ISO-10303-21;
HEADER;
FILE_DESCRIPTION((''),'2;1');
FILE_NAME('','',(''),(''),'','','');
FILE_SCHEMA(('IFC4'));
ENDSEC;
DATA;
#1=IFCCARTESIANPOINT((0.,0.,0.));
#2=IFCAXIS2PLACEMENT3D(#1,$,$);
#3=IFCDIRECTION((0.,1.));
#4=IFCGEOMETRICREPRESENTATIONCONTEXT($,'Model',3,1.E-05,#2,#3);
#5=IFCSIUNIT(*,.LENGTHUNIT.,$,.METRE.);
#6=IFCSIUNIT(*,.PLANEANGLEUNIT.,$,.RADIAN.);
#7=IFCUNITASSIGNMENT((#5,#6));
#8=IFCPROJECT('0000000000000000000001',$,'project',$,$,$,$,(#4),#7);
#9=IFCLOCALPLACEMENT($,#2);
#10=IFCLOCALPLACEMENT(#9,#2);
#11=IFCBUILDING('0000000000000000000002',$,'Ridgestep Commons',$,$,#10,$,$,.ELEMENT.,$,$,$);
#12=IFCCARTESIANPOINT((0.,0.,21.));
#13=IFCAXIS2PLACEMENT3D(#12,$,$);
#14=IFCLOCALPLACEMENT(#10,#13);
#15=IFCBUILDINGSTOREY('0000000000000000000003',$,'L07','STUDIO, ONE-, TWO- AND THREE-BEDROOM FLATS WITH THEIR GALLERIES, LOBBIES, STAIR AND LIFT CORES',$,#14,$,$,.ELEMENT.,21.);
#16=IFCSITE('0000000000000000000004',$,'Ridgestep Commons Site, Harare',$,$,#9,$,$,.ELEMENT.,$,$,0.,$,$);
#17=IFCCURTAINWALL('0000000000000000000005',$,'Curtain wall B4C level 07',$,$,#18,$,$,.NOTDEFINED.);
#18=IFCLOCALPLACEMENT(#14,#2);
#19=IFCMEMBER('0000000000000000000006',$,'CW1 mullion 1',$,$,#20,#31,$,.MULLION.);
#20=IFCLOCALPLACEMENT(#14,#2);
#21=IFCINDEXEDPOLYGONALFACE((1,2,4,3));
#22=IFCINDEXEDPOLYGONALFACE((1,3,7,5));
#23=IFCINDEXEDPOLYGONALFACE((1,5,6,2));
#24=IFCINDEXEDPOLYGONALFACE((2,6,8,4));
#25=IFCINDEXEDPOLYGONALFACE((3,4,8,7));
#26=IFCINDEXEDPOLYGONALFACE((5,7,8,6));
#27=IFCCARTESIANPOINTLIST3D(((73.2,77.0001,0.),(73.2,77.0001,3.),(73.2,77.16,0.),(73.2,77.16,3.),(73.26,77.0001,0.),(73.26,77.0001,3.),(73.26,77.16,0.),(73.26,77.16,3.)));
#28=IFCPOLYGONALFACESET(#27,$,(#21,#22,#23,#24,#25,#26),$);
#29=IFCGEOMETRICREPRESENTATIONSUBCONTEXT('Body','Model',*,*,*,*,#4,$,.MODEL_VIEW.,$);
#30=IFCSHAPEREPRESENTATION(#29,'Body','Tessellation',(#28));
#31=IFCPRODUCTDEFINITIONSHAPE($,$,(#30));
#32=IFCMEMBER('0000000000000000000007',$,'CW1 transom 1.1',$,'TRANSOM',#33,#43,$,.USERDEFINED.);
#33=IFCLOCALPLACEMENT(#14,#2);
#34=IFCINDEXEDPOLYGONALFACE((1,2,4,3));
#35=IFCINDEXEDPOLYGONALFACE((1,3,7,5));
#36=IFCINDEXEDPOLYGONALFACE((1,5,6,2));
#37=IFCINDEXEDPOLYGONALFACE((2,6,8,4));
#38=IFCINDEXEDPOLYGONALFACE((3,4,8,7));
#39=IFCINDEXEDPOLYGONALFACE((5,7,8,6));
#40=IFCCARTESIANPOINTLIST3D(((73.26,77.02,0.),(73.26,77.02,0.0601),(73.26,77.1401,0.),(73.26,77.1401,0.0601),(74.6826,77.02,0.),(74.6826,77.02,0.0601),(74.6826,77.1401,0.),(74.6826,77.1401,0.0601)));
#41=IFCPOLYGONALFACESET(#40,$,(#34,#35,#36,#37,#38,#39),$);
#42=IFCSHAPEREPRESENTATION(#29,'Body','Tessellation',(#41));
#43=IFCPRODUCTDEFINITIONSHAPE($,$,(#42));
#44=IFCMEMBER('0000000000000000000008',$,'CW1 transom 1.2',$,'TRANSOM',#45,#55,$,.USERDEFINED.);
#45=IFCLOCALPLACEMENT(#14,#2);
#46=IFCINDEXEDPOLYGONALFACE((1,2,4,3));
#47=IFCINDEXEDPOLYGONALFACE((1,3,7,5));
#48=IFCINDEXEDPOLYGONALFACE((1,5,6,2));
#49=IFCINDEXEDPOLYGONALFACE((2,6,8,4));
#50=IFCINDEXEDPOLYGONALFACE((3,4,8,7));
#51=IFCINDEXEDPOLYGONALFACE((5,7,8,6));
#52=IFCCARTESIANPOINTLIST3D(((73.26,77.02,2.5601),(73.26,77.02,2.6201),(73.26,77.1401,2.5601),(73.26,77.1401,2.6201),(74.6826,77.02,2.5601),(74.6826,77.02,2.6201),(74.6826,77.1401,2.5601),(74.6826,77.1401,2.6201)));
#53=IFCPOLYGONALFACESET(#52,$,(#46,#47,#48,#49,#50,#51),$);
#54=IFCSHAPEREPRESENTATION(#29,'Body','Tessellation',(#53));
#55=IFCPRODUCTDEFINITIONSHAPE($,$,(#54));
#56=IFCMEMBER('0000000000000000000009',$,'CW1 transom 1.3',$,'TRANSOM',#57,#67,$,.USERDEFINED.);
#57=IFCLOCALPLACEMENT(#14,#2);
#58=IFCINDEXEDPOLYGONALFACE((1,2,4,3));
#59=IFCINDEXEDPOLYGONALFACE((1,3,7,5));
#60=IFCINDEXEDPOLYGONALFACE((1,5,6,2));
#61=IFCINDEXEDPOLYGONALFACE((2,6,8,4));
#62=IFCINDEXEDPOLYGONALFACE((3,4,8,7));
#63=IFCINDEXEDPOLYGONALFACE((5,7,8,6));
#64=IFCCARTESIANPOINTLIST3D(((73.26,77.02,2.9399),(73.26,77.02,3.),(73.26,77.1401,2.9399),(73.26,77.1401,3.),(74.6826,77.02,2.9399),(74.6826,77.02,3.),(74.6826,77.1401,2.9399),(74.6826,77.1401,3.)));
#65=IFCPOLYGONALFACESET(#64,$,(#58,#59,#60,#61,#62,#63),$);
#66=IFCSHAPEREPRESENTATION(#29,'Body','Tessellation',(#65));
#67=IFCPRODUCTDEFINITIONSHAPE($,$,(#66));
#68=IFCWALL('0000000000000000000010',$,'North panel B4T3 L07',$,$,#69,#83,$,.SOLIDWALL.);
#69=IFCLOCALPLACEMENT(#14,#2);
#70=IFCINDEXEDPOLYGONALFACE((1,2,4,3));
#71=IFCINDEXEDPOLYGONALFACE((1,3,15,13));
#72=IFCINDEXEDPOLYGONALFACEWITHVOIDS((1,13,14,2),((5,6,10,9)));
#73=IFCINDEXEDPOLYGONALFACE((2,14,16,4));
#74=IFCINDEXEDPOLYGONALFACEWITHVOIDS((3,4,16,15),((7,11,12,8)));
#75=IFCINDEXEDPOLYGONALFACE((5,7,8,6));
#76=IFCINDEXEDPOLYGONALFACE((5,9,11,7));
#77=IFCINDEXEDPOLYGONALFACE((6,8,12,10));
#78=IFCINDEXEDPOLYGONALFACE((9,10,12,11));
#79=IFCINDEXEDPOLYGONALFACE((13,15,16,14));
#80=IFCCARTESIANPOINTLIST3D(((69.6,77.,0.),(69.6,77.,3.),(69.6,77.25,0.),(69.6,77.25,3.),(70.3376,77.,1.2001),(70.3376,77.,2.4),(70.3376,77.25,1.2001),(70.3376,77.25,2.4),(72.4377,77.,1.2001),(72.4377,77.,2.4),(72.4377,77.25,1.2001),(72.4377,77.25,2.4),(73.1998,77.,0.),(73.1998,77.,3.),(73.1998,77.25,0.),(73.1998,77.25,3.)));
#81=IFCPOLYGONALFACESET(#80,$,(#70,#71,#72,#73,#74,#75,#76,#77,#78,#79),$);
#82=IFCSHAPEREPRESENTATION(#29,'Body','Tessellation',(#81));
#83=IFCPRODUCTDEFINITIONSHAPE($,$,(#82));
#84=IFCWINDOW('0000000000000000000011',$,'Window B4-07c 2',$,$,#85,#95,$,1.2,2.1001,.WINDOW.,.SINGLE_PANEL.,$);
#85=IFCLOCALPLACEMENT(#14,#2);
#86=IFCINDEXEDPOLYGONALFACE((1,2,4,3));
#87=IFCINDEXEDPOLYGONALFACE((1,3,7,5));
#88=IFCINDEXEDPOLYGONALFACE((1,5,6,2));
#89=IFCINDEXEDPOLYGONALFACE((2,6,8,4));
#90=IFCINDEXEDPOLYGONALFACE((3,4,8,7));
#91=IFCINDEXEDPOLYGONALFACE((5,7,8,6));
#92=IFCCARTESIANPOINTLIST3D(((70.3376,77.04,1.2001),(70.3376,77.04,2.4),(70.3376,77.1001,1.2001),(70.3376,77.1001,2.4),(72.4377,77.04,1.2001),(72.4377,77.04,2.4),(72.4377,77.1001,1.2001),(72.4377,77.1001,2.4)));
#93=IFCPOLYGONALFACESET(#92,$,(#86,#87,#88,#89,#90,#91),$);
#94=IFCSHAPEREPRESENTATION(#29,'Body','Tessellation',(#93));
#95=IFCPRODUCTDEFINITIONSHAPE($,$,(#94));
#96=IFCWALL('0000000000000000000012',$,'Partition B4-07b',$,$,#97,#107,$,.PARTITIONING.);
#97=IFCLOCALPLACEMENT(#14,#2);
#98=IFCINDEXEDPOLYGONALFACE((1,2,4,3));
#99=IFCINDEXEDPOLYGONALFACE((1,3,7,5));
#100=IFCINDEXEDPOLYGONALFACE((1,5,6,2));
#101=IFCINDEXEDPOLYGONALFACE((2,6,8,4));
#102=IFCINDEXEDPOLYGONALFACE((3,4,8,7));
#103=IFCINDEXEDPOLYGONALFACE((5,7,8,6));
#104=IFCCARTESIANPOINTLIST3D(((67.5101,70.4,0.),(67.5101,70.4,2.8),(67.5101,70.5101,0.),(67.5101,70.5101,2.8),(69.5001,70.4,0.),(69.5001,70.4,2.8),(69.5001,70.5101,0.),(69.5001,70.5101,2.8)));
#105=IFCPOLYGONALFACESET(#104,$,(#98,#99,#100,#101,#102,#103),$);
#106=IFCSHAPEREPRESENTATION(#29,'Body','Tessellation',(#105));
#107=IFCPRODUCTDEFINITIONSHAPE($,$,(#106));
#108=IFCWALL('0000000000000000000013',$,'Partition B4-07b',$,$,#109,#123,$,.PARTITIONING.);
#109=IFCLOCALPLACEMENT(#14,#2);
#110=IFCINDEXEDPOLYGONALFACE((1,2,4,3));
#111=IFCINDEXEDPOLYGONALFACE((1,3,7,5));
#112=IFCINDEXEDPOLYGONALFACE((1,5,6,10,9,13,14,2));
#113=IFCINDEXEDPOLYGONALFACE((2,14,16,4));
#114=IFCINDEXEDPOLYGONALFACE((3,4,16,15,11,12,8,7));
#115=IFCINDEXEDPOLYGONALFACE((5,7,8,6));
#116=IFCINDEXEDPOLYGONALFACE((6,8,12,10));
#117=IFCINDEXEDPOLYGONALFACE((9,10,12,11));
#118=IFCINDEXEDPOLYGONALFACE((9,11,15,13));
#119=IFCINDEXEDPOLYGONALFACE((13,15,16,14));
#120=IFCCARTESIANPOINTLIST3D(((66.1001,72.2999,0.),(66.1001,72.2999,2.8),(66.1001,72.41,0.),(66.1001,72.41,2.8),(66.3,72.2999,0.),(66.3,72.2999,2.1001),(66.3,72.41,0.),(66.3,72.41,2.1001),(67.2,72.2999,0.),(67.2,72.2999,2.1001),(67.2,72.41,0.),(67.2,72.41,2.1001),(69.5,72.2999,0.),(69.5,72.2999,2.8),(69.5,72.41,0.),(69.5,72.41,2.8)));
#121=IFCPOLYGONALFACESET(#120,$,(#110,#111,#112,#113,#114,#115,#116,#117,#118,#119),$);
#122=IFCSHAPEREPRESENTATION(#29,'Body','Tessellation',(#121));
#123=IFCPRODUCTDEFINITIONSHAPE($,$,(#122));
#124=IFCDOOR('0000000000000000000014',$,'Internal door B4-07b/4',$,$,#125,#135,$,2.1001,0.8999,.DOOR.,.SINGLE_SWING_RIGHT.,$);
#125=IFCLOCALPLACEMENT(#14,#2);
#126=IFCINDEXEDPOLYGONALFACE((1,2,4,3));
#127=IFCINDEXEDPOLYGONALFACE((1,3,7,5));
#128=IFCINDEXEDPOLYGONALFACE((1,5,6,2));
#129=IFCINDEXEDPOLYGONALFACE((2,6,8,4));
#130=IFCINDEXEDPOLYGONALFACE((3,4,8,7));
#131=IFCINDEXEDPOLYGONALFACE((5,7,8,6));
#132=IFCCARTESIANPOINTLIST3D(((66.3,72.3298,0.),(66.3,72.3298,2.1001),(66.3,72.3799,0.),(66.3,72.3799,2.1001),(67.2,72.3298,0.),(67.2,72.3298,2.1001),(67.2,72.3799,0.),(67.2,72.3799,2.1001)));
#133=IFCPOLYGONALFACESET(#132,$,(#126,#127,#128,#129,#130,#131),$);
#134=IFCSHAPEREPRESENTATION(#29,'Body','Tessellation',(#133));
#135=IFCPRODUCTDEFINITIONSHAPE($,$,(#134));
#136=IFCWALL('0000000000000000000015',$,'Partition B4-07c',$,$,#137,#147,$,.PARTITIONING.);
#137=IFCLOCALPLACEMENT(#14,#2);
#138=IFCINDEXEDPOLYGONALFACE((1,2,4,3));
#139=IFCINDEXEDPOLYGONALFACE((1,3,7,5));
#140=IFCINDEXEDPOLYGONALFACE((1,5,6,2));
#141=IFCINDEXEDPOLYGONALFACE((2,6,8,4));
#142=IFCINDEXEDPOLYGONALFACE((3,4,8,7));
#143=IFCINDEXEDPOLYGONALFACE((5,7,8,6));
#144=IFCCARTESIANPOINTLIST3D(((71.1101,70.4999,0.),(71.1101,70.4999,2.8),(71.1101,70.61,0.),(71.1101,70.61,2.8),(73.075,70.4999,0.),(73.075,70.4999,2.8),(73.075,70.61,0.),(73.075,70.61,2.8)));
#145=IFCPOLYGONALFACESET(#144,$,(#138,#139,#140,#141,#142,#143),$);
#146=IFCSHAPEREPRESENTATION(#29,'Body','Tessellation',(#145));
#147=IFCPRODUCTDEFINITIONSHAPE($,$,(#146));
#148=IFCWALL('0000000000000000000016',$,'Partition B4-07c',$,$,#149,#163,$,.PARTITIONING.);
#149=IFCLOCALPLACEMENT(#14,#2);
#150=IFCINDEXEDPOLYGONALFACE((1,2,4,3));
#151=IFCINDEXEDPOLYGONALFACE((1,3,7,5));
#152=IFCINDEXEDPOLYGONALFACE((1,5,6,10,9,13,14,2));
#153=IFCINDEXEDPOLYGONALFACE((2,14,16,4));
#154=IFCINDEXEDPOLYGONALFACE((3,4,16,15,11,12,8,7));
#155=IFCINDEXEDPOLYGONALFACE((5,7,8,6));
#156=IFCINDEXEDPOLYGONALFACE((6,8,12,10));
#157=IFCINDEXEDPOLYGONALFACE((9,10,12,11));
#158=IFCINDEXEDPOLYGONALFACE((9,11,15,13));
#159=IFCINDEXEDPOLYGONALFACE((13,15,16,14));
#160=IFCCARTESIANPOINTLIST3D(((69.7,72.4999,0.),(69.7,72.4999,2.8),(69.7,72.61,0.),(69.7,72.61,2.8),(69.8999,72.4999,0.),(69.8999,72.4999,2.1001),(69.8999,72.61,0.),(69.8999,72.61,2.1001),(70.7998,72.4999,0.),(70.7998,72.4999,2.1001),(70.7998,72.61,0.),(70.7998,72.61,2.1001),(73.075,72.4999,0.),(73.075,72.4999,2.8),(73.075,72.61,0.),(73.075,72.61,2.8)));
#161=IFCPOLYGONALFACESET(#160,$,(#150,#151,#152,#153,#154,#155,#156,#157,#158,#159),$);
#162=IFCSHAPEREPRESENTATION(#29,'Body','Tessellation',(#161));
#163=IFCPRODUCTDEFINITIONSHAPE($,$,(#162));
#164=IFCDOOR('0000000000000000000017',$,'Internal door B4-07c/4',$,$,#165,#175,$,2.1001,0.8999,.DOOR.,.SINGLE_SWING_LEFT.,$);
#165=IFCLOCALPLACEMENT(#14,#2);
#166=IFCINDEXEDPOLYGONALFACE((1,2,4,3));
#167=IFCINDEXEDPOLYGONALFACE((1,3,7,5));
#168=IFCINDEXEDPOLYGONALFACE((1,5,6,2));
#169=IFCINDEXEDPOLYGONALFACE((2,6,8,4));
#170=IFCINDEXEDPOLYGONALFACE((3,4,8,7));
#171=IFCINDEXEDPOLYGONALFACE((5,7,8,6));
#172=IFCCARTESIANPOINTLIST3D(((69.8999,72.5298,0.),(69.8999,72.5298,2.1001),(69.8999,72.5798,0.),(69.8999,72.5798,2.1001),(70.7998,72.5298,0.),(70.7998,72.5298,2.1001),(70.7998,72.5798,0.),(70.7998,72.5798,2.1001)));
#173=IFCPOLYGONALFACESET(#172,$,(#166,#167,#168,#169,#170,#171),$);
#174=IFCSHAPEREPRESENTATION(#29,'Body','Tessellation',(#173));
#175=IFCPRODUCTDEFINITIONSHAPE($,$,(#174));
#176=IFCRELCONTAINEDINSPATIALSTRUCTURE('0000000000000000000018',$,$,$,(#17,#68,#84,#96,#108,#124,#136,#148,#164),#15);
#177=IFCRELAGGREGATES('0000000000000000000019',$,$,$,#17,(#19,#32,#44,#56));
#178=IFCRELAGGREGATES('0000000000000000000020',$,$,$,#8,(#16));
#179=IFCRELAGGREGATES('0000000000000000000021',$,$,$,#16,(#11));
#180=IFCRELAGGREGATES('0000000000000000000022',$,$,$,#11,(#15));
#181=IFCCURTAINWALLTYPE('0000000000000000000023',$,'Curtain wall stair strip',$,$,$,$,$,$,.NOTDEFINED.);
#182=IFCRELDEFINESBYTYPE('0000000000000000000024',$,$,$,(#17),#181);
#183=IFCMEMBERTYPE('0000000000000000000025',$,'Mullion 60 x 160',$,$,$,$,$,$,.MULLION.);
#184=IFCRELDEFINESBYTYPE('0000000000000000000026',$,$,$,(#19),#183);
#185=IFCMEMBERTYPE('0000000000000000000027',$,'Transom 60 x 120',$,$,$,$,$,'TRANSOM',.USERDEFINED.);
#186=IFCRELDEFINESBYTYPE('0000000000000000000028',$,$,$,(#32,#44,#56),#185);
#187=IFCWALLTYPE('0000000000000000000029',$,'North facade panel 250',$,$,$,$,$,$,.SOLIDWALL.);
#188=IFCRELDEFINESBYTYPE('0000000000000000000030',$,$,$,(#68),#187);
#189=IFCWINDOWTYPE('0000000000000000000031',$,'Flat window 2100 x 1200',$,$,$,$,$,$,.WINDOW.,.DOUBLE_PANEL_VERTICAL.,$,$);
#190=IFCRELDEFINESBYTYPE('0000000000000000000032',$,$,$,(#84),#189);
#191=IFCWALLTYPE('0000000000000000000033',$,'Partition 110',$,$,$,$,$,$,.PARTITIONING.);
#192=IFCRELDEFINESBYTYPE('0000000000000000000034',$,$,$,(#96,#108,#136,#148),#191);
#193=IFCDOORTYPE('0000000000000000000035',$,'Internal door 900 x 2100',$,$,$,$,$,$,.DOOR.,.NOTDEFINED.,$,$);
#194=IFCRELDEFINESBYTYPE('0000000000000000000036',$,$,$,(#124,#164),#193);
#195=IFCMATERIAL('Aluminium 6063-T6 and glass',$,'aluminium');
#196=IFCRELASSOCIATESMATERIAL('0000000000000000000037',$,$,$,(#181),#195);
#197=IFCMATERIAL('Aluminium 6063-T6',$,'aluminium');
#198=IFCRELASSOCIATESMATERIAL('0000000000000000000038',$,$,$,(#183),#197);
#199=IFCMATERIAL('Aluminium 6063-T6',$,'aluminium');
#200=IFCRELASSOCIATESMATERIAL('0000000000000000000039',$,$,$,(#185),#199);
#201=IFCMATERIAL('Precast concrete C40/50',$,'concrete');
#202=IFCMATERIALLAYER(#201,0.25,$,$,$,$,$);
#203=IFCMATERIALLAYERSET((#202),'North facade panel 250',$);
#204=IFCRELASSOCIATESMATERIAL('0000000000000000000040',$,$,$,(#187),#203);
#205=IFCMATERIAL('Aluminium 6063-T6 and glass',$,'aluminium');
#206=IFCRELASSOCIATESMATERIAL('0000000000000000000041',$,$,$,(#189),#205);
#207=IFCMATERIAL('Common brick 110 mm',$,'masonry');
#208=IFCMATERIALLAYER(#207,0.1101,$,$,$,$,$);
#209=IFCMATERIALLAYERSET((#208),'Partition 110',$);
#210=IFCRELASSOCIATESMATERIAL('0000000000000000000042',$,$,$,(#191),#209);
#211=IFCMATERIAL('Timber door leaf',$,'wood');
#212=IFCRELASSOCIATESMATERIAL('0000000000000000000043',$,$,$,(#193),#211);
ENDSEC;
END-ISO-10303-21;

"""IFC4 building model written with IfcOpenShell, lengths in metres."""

from ifc_helpers import new_model, si_unit, direction, frame, frame_2d, origin, origin_2d, place, context, subcontext, project, spatial, rectangle, extrude, material, layer, layer_set, material_profile, profile_set, type_object, element, fill, aggregate, save


model = new_model("IFC4")

# Units and contexts
model_context = context("Model", 3, precision=1e-05, world=origin(), true_north=direction((0.0, 1.0)))
body_context = subcontext(model_context, "Body", "Model", "MODEL_VIEW")
ifc_project = project(units=[si_unit("LENGTHUNIT", "METRE"), si_unit("PLANEANGLEUNIT", "RADIAN")], contexts=[model_context])

# Site, building, storey
site_placement = place(None, origin())
site = spatial("IfcSite", under=ifc_project, at=site_placement, Name="Ridgestep Commons Site, Harare", CompositionType="ELEMENT", RefElevation=0.0)
building_placement = place(site_placement, origin())
building = spatial("IfcBuilding", under=site, at=building_placement, Name="Ridgestep Commons", CompositionType="ELEMENT")
storey_placement = place(building_placement, frame((0.0, 0.0, 21.0)))
storey = spatial("IfcBuildingStorey", under=building, at=storey_placement, Name="L07", Description="STUDIO, ONE-, TWO- AND THREE-BEDROOM FLATS WITH THEIR GALLERIES, LOBBIES, STAIR AND LIFT CORES", CompositionType="ELEMENT", Elevation=21.0)

# Curtain wall, members
ifc_material_1 = material(Name="Aluminium 6063-T6 and glass", Category="aluminium")
curtain_wall_type = type_object("IfcCurtainWallType", Name="Curtain wall stair strip", PredefinedType="NOTDEFINED", material=ifc_material_1)
curtain_wall_placement = place(storey_placement, origin())
curtain_wall = element("IfcCurtainWall", 1, at=curtain_wall_placement, inside=storey, type_object=curtain_wall_type, Name="Curtain wall B4C level 07", PredefinedType="NOTDEFINED")
ifc_material_2 = material(Name="Aluminium 6063-T6", Category="aluminium")
ifc_material_profile_1 = material_profile(ifc_material_2, rectangle(XDim=0.1599, YDim=0.0601, at=origin_2d()), Name="Mullion 60 x 160")
ifc_profile_set_1 = profile_set([ifc_material_profile_1], Name="Aluminium 6063-T6")
member_type_1 = type_object("IfcMemberType", Name="Mullion 60 x 160", PredefinedType="MULLION", material=ifc_profile_set_1)
member_1_placement = place(storey_placement, frame((73.23, 77.0801, 0.0), z_axis=(0.0, 0.0, 1.0), x_axis=(0.0, 1.0, 0.0)))
member_1 = element("IfcMember", 2, at=member_1_placement, type_object=member_type_1, Name="CW1 mullion 1", PredefinedType="MULLION", context=body_context, shape_type="SweptSolid", body=[
    extrude(rectangle(XDim=0.1599, YDim=0.0601, at=origin_2d()), origin(), (0.0, 0.0, 1.0), 3.0),
])
ifc_material_3 = material(Name="Aluminium 6063-T6", Category="aluminium")
ifc_material_profile_2 = material_profile(ifc_material_3, rectangle(XDim=0.1201, YDim=0.0601, at=origin_2d()), Name="Transom 60 x 120")
ifc_profile_set_2 = profile_set([ifc_material_profile_2], Name="Aluminium 6063-T6")
member_type_2 = type_object("IfcMemberType", Name="Transom 60 x 120", ElementType="TRANSOM", PredefinedType="USERDEFINED", material=ifc_profile_set_2)
member_2_placement = place(storey_placement, frame((73.26, 77.0801, 0.03), z_axis=(1.0, 0.0, 0.0), x_axis=(0.0, 1.0, 0.0)))
member_2 = element("IfcMember", 3, at=member_2_placement, type_object=member_type_2, Name="CW1 transom 1.1", ObjectType="TRANSOM", PredefinedType="USERDEFINED", context=body_context, shape_type="SweptSolid", body=[
    extrude(rectangle(XDim=0.1201, YDim=0.0601, at=origin_2d()), origin(), (0.0, 0.0, 1.0), 1.4226),
])
member_3_placement = place(storey_placement, frame((73.26, 77.0801, 2.5901), z_axis=(1.0, 0.0, 0.0), x_axis=(0.0, 1.0, 0.0)))
member_3 = element("IfcMember", 4, at=member_3_placement, type_object=member_type_2, Name="CW1 transom 1.2", ObjectType="TRANSOM", PredefinedType="USERDEFINED", context=body_context, shape_type="SweptSolid", body=[
    extrude(rectangle(XDim=0.1201, YDim=0.0601, at=origin_2d()), origin(), (0.0, 0.0, 1.0), 1.4226),
])
member_4_placement = place(storey_placement, frame((73.26, 77.0801, 2.97), z_axis=(1.0, 0.0, 0.0), x_axis=(0.0, 1.0, 0.0)))
member_4 = element("IfcMember", 5, at=member_4_placement, type_object=member_type_2, Name="CW1 transom 1.3", ObjectType="TRANSOM", PredefinedType="USERDEFINED", context=body_context, shape_type="SweptSolid", body=[
    extrude(rectangle(XDim=0.1201, YDim=0.0601, at=origin_2d()), origin(), (0.0, 0.0, 1.0), 1.4226),
])
aggregate(curtain_wall, [member_1, member_2, member_3, member_4])

# Wall, opening, window
ifc_material_4 = material(Name="Precast concrete C40/50", Category="concrete")
ifc_layer_1 = layer(ifc_material_4, 0.25)
ifc_layer_set_1 = layer_set([ifc_layer_1], Name="North facade panel 250")
wall_type_1 = type_object("IfcWallType", Name="North facade panel 250", PredefinedType="SOLIDWALL", material=ifc_layer_set_1)
wall_1_placement = place(storey_placement, frame((69.6001, 77.125, 0.0), z_axis=(0.0, 0.0, 1.0), x_axis=(1.0, 0.0, 0.0)))
wall_1 = element("IfcWall", 6, at=wall_1_placement, inside=storey, type_object=wall_type_1, Name="North panel B4T3 L07", PredefinedType="SOLIDWALL", context=body_context, shape_type="SweptSolid", body=[
    extrude(rectangle(XDim=3.5999, YDim=0.25, at=frame_2d((1.7998, 0.0))), origin(), (0.0, 0.0, 1.0), 3.0),
])
opening_1_placement = place(wall_1_placement, frame((0.7375, 0.0, 1.2)))
opening_1 = element("IfcOpeningElement", 7, at=opening_1_placement, cuts=wall_1, PredefinedType="OPENING", context=body_context, shape_type="SweptSolid", body=[
    extrude(rectangle(XDim=2.1001, YDim=1.2, at=frame_2d((1.05, 0.6001))), frame((0.0, 0.135, 0.0), z_axis=(0.0, -1.0, 0.0), x_axis=(1.0, 0.0, 0.0)), (0.0, 0.0, 1.0), 0.27),
])
ifc_material_5 = material(Name="Aluminium 6063-T6 and glass", Category="aluminium")
window_type = type_object("IfcWindowType", Name="Flat window 2100 x 1200", PartitioningType="DOUBLE_PANEL_VERTICAL", PredefinedType="WINDOW", material=ifc_material_5)
window_placement = place(opening_1_placement, origin())
window = element("IfcWindow", 8, at=window_placement, inside=storey, type_object=window_type, Name="Window B4-07c 2", OverallHeight=1.2, OverallWidth=2.1001, PartitioningType="SINGLE_PANEL", PredefinedType="WINDOW", context=body_context, shape_type="SweptSolid", body=[
    extrude(rectangle(XDim=2.1001, YDim=1.2, at=frame_2d((1.05, 0.6001))), frame((0.0, -0.0249, 0.0), z_axis=(0.0, -1.0, 0.0), x_axis=(1.0, 0.0, 0.0)), (0.0, 0.0, 1.0), 0.0601),
])
fill(opening_1, window)

# Wall
ifc_material_6 = material(Name="Common brick 110 mm", Category="masonry")
ifc_layer_2 = layer(ifc_material_6, 0.1101)
ifc_layer_set_2 = layer_set([ifc_layer_2], Name="Partition 110")
wall_type_2 = type_object("IfcWallType", Name="Partition 110", PredefinedType="PARTITIONING", material=ifc_layer_set_2)
wall_2_placement = place(storey_placement, frame((67.51, 70.4551, 0.0), z_axis=(0.0, 0.0, 1.0), x_axis=(1.0, 0.0, 0.0)))
element("IfcWall", 9, at=wall_2_placement, inside=storey, type_object=wall_type_2, Name="Partition B4-07b", PredefinedType="PARTITIONING", context=body_context, shape_type="SweptSolid", body=[
    extrude(rectangle(XDim=1.99, YDim=0.1101, at=frame_2d((0.9951, 0.0))), origin(), (0.0, 0.0, 1.0), 2.8),
])

# Wall, opening, door
wall_3_placement = place(storey_placement, frame((66.1001, 72.355, 0.0), z_axis=(0.0, 0.0, 1.0), x_axis=(1.0, 0.0, 0.0)))
wall_3 = element("IfcWall", 10, at=wall_3_placement, inside=storey, type_object=wall_type_2, Name="Partition B4-07b", PredefinedType="PARTITIONING", context=body_context, shape_type="SweptSolid", body=[
    extrude(rectangle(XDim=3.3999, YDim=0.1101, at=frame_2d((1.7, 0.0))), origin(), (0.0, 0.0, 1.0), 2.8),
])
opening_2_placement = place(wall_3_placement, frame((0.2, 0.0, 0.0)))
opening_2 = element("IfcOpeningElement", 11, at=opening_2_placement, cuts=wall_3, PredefinedType="OPENING", context=body_context, shape_type="SweptSolid", body=[
    extrude(rectangle(XDim=0.8999, YDim=2.1001, at=frame_2d((0.45, 1.05))), frame((0.0, 0.0649, 0.0), z_axis=(0.0, -1.0, 0.0), x_axis=(1.0, 0.0, 0.0)), (0.0, 0.0, 1.0), 0.1301),
])
ifc_material_7 = material(Name="Timber door leaf", Category="wood")
door_type = type_object("IfcDoorType", Name="Internal door 900 x 2100", OperationType="NOTDEFINED", PredefinedType="DOOR", material=ifc_material_7)
door_1_placement = place(opening_2_placement, origin())
door_1 = element("IfcDoor", 12, at=door_1_placement, inside=storey, type_object=door_type, Name="Internal door B4-07b/4", OperationType="SINGLE_SWING_RIGHT", OverallHeight=2.1001, OverallWidth=0.8999, PredefinedType="DOOR", context=body_context, shape_type="SweptSolid", body=[
    extrude(rectangle(XDim=0.8999, YDim=2.1001, at=frame_2d((0.45, 1.05))), frame((0.0, 0.0249, 0.0), z_axis=(0.0, -1.0, 0.0), x_axis=(1.0, 0.0, 0.0)), (0.0, 0.0, 1.0), 0.05),
])
fill(opening_2, door_1)

# Wall
wall_4_placement = place(storey_placement, frame((71.1101, 70.5549, 0.0), z_axis=(0.0, 0.0, 1.0), x_axis=(1.0, 0.0, 0.0)))
element("IfcWall", 13, at=wall_4_placement, inside=storey, type_object=wall_type_2, Name="Partition B4-07c", PredefinedType="PARTITIONING", context=body_context, shape_type="SweptSolid", body=[
    extrude(rectangle(XDim=1.9648, YDim=0.1101, at=frame_2d((0.9824, 0.0))), origin(), (0.0, 0.0, 1.0), 2.8),
])

# Wall, opening, door
wall_5_placement = place(storey_placement, frame((69.7, 72.5549, 0.0), z_axis=(0.0, 0.0, 1.0), x_axis=(1.0, 0.0, 0.0)))
wall_5 = element("IfcWall", 14, at=wall_5_placement, inside=storey, type_object=wall_type_2, Name="Partition B4-07c", PredefinedType="PARTITIONING", context=body_context, shape_type="SweptSolid", body=[
    extrude(rectangle(XDim=3.375, YDim=0.1101, at=frame_2d((1.6875, 0.0))), origin(), (0.0, 0.0, 1.0), 2.8),
])
opening_3_placement = place(wall_5_placement, frame((0.2, 0.0, 0.0)))
opening_3 = element("IfcOpeningElement", 15, at=opening_3_placement, cuts=wall_5, PredefinedType="OPENING", context=body_context, shape_type="SweptSolid", body=[
    extrude(rectangle(XDim=0.8999, YDim=2.1001, at=frame_2d((0.45, 1.05))), frame((0.0, 0.0649, 0.0), z_axis=(0.0, -1.0, 0.0), x_axis=(1.0, 0.0, 0.0)), (0.0, 0.0, 1.0), 0.1301),
])
door_2_placement = place(opening_3_placement, origin())
door_2 = element("IfcDoor", 16, at=door_2_placement, inside=storey, type_object=door_type, Name="Internal door B4-07c/4", OperationType="SINGLE_SWING_LEFT", OverallHeight=2.1001, OverallWidth=0.8999, PredefinedType="DOOR", context=body_context, shape_type="SweptSolid", body=[
    extrude(rectangle(XDim=0.8999, YDim=2.1001, at=frame_2d((0.45, 1.05))), frame((0.0, 0.0249, 0.0), z_axis=(0.0, -1.0, 0.0), x_axis=(1.0, 0.0, 0.0)), (0.0, 0.0, 1.0), 0.05),
])
fill(opening_3, door_2)

save(model, "model.ifc")
